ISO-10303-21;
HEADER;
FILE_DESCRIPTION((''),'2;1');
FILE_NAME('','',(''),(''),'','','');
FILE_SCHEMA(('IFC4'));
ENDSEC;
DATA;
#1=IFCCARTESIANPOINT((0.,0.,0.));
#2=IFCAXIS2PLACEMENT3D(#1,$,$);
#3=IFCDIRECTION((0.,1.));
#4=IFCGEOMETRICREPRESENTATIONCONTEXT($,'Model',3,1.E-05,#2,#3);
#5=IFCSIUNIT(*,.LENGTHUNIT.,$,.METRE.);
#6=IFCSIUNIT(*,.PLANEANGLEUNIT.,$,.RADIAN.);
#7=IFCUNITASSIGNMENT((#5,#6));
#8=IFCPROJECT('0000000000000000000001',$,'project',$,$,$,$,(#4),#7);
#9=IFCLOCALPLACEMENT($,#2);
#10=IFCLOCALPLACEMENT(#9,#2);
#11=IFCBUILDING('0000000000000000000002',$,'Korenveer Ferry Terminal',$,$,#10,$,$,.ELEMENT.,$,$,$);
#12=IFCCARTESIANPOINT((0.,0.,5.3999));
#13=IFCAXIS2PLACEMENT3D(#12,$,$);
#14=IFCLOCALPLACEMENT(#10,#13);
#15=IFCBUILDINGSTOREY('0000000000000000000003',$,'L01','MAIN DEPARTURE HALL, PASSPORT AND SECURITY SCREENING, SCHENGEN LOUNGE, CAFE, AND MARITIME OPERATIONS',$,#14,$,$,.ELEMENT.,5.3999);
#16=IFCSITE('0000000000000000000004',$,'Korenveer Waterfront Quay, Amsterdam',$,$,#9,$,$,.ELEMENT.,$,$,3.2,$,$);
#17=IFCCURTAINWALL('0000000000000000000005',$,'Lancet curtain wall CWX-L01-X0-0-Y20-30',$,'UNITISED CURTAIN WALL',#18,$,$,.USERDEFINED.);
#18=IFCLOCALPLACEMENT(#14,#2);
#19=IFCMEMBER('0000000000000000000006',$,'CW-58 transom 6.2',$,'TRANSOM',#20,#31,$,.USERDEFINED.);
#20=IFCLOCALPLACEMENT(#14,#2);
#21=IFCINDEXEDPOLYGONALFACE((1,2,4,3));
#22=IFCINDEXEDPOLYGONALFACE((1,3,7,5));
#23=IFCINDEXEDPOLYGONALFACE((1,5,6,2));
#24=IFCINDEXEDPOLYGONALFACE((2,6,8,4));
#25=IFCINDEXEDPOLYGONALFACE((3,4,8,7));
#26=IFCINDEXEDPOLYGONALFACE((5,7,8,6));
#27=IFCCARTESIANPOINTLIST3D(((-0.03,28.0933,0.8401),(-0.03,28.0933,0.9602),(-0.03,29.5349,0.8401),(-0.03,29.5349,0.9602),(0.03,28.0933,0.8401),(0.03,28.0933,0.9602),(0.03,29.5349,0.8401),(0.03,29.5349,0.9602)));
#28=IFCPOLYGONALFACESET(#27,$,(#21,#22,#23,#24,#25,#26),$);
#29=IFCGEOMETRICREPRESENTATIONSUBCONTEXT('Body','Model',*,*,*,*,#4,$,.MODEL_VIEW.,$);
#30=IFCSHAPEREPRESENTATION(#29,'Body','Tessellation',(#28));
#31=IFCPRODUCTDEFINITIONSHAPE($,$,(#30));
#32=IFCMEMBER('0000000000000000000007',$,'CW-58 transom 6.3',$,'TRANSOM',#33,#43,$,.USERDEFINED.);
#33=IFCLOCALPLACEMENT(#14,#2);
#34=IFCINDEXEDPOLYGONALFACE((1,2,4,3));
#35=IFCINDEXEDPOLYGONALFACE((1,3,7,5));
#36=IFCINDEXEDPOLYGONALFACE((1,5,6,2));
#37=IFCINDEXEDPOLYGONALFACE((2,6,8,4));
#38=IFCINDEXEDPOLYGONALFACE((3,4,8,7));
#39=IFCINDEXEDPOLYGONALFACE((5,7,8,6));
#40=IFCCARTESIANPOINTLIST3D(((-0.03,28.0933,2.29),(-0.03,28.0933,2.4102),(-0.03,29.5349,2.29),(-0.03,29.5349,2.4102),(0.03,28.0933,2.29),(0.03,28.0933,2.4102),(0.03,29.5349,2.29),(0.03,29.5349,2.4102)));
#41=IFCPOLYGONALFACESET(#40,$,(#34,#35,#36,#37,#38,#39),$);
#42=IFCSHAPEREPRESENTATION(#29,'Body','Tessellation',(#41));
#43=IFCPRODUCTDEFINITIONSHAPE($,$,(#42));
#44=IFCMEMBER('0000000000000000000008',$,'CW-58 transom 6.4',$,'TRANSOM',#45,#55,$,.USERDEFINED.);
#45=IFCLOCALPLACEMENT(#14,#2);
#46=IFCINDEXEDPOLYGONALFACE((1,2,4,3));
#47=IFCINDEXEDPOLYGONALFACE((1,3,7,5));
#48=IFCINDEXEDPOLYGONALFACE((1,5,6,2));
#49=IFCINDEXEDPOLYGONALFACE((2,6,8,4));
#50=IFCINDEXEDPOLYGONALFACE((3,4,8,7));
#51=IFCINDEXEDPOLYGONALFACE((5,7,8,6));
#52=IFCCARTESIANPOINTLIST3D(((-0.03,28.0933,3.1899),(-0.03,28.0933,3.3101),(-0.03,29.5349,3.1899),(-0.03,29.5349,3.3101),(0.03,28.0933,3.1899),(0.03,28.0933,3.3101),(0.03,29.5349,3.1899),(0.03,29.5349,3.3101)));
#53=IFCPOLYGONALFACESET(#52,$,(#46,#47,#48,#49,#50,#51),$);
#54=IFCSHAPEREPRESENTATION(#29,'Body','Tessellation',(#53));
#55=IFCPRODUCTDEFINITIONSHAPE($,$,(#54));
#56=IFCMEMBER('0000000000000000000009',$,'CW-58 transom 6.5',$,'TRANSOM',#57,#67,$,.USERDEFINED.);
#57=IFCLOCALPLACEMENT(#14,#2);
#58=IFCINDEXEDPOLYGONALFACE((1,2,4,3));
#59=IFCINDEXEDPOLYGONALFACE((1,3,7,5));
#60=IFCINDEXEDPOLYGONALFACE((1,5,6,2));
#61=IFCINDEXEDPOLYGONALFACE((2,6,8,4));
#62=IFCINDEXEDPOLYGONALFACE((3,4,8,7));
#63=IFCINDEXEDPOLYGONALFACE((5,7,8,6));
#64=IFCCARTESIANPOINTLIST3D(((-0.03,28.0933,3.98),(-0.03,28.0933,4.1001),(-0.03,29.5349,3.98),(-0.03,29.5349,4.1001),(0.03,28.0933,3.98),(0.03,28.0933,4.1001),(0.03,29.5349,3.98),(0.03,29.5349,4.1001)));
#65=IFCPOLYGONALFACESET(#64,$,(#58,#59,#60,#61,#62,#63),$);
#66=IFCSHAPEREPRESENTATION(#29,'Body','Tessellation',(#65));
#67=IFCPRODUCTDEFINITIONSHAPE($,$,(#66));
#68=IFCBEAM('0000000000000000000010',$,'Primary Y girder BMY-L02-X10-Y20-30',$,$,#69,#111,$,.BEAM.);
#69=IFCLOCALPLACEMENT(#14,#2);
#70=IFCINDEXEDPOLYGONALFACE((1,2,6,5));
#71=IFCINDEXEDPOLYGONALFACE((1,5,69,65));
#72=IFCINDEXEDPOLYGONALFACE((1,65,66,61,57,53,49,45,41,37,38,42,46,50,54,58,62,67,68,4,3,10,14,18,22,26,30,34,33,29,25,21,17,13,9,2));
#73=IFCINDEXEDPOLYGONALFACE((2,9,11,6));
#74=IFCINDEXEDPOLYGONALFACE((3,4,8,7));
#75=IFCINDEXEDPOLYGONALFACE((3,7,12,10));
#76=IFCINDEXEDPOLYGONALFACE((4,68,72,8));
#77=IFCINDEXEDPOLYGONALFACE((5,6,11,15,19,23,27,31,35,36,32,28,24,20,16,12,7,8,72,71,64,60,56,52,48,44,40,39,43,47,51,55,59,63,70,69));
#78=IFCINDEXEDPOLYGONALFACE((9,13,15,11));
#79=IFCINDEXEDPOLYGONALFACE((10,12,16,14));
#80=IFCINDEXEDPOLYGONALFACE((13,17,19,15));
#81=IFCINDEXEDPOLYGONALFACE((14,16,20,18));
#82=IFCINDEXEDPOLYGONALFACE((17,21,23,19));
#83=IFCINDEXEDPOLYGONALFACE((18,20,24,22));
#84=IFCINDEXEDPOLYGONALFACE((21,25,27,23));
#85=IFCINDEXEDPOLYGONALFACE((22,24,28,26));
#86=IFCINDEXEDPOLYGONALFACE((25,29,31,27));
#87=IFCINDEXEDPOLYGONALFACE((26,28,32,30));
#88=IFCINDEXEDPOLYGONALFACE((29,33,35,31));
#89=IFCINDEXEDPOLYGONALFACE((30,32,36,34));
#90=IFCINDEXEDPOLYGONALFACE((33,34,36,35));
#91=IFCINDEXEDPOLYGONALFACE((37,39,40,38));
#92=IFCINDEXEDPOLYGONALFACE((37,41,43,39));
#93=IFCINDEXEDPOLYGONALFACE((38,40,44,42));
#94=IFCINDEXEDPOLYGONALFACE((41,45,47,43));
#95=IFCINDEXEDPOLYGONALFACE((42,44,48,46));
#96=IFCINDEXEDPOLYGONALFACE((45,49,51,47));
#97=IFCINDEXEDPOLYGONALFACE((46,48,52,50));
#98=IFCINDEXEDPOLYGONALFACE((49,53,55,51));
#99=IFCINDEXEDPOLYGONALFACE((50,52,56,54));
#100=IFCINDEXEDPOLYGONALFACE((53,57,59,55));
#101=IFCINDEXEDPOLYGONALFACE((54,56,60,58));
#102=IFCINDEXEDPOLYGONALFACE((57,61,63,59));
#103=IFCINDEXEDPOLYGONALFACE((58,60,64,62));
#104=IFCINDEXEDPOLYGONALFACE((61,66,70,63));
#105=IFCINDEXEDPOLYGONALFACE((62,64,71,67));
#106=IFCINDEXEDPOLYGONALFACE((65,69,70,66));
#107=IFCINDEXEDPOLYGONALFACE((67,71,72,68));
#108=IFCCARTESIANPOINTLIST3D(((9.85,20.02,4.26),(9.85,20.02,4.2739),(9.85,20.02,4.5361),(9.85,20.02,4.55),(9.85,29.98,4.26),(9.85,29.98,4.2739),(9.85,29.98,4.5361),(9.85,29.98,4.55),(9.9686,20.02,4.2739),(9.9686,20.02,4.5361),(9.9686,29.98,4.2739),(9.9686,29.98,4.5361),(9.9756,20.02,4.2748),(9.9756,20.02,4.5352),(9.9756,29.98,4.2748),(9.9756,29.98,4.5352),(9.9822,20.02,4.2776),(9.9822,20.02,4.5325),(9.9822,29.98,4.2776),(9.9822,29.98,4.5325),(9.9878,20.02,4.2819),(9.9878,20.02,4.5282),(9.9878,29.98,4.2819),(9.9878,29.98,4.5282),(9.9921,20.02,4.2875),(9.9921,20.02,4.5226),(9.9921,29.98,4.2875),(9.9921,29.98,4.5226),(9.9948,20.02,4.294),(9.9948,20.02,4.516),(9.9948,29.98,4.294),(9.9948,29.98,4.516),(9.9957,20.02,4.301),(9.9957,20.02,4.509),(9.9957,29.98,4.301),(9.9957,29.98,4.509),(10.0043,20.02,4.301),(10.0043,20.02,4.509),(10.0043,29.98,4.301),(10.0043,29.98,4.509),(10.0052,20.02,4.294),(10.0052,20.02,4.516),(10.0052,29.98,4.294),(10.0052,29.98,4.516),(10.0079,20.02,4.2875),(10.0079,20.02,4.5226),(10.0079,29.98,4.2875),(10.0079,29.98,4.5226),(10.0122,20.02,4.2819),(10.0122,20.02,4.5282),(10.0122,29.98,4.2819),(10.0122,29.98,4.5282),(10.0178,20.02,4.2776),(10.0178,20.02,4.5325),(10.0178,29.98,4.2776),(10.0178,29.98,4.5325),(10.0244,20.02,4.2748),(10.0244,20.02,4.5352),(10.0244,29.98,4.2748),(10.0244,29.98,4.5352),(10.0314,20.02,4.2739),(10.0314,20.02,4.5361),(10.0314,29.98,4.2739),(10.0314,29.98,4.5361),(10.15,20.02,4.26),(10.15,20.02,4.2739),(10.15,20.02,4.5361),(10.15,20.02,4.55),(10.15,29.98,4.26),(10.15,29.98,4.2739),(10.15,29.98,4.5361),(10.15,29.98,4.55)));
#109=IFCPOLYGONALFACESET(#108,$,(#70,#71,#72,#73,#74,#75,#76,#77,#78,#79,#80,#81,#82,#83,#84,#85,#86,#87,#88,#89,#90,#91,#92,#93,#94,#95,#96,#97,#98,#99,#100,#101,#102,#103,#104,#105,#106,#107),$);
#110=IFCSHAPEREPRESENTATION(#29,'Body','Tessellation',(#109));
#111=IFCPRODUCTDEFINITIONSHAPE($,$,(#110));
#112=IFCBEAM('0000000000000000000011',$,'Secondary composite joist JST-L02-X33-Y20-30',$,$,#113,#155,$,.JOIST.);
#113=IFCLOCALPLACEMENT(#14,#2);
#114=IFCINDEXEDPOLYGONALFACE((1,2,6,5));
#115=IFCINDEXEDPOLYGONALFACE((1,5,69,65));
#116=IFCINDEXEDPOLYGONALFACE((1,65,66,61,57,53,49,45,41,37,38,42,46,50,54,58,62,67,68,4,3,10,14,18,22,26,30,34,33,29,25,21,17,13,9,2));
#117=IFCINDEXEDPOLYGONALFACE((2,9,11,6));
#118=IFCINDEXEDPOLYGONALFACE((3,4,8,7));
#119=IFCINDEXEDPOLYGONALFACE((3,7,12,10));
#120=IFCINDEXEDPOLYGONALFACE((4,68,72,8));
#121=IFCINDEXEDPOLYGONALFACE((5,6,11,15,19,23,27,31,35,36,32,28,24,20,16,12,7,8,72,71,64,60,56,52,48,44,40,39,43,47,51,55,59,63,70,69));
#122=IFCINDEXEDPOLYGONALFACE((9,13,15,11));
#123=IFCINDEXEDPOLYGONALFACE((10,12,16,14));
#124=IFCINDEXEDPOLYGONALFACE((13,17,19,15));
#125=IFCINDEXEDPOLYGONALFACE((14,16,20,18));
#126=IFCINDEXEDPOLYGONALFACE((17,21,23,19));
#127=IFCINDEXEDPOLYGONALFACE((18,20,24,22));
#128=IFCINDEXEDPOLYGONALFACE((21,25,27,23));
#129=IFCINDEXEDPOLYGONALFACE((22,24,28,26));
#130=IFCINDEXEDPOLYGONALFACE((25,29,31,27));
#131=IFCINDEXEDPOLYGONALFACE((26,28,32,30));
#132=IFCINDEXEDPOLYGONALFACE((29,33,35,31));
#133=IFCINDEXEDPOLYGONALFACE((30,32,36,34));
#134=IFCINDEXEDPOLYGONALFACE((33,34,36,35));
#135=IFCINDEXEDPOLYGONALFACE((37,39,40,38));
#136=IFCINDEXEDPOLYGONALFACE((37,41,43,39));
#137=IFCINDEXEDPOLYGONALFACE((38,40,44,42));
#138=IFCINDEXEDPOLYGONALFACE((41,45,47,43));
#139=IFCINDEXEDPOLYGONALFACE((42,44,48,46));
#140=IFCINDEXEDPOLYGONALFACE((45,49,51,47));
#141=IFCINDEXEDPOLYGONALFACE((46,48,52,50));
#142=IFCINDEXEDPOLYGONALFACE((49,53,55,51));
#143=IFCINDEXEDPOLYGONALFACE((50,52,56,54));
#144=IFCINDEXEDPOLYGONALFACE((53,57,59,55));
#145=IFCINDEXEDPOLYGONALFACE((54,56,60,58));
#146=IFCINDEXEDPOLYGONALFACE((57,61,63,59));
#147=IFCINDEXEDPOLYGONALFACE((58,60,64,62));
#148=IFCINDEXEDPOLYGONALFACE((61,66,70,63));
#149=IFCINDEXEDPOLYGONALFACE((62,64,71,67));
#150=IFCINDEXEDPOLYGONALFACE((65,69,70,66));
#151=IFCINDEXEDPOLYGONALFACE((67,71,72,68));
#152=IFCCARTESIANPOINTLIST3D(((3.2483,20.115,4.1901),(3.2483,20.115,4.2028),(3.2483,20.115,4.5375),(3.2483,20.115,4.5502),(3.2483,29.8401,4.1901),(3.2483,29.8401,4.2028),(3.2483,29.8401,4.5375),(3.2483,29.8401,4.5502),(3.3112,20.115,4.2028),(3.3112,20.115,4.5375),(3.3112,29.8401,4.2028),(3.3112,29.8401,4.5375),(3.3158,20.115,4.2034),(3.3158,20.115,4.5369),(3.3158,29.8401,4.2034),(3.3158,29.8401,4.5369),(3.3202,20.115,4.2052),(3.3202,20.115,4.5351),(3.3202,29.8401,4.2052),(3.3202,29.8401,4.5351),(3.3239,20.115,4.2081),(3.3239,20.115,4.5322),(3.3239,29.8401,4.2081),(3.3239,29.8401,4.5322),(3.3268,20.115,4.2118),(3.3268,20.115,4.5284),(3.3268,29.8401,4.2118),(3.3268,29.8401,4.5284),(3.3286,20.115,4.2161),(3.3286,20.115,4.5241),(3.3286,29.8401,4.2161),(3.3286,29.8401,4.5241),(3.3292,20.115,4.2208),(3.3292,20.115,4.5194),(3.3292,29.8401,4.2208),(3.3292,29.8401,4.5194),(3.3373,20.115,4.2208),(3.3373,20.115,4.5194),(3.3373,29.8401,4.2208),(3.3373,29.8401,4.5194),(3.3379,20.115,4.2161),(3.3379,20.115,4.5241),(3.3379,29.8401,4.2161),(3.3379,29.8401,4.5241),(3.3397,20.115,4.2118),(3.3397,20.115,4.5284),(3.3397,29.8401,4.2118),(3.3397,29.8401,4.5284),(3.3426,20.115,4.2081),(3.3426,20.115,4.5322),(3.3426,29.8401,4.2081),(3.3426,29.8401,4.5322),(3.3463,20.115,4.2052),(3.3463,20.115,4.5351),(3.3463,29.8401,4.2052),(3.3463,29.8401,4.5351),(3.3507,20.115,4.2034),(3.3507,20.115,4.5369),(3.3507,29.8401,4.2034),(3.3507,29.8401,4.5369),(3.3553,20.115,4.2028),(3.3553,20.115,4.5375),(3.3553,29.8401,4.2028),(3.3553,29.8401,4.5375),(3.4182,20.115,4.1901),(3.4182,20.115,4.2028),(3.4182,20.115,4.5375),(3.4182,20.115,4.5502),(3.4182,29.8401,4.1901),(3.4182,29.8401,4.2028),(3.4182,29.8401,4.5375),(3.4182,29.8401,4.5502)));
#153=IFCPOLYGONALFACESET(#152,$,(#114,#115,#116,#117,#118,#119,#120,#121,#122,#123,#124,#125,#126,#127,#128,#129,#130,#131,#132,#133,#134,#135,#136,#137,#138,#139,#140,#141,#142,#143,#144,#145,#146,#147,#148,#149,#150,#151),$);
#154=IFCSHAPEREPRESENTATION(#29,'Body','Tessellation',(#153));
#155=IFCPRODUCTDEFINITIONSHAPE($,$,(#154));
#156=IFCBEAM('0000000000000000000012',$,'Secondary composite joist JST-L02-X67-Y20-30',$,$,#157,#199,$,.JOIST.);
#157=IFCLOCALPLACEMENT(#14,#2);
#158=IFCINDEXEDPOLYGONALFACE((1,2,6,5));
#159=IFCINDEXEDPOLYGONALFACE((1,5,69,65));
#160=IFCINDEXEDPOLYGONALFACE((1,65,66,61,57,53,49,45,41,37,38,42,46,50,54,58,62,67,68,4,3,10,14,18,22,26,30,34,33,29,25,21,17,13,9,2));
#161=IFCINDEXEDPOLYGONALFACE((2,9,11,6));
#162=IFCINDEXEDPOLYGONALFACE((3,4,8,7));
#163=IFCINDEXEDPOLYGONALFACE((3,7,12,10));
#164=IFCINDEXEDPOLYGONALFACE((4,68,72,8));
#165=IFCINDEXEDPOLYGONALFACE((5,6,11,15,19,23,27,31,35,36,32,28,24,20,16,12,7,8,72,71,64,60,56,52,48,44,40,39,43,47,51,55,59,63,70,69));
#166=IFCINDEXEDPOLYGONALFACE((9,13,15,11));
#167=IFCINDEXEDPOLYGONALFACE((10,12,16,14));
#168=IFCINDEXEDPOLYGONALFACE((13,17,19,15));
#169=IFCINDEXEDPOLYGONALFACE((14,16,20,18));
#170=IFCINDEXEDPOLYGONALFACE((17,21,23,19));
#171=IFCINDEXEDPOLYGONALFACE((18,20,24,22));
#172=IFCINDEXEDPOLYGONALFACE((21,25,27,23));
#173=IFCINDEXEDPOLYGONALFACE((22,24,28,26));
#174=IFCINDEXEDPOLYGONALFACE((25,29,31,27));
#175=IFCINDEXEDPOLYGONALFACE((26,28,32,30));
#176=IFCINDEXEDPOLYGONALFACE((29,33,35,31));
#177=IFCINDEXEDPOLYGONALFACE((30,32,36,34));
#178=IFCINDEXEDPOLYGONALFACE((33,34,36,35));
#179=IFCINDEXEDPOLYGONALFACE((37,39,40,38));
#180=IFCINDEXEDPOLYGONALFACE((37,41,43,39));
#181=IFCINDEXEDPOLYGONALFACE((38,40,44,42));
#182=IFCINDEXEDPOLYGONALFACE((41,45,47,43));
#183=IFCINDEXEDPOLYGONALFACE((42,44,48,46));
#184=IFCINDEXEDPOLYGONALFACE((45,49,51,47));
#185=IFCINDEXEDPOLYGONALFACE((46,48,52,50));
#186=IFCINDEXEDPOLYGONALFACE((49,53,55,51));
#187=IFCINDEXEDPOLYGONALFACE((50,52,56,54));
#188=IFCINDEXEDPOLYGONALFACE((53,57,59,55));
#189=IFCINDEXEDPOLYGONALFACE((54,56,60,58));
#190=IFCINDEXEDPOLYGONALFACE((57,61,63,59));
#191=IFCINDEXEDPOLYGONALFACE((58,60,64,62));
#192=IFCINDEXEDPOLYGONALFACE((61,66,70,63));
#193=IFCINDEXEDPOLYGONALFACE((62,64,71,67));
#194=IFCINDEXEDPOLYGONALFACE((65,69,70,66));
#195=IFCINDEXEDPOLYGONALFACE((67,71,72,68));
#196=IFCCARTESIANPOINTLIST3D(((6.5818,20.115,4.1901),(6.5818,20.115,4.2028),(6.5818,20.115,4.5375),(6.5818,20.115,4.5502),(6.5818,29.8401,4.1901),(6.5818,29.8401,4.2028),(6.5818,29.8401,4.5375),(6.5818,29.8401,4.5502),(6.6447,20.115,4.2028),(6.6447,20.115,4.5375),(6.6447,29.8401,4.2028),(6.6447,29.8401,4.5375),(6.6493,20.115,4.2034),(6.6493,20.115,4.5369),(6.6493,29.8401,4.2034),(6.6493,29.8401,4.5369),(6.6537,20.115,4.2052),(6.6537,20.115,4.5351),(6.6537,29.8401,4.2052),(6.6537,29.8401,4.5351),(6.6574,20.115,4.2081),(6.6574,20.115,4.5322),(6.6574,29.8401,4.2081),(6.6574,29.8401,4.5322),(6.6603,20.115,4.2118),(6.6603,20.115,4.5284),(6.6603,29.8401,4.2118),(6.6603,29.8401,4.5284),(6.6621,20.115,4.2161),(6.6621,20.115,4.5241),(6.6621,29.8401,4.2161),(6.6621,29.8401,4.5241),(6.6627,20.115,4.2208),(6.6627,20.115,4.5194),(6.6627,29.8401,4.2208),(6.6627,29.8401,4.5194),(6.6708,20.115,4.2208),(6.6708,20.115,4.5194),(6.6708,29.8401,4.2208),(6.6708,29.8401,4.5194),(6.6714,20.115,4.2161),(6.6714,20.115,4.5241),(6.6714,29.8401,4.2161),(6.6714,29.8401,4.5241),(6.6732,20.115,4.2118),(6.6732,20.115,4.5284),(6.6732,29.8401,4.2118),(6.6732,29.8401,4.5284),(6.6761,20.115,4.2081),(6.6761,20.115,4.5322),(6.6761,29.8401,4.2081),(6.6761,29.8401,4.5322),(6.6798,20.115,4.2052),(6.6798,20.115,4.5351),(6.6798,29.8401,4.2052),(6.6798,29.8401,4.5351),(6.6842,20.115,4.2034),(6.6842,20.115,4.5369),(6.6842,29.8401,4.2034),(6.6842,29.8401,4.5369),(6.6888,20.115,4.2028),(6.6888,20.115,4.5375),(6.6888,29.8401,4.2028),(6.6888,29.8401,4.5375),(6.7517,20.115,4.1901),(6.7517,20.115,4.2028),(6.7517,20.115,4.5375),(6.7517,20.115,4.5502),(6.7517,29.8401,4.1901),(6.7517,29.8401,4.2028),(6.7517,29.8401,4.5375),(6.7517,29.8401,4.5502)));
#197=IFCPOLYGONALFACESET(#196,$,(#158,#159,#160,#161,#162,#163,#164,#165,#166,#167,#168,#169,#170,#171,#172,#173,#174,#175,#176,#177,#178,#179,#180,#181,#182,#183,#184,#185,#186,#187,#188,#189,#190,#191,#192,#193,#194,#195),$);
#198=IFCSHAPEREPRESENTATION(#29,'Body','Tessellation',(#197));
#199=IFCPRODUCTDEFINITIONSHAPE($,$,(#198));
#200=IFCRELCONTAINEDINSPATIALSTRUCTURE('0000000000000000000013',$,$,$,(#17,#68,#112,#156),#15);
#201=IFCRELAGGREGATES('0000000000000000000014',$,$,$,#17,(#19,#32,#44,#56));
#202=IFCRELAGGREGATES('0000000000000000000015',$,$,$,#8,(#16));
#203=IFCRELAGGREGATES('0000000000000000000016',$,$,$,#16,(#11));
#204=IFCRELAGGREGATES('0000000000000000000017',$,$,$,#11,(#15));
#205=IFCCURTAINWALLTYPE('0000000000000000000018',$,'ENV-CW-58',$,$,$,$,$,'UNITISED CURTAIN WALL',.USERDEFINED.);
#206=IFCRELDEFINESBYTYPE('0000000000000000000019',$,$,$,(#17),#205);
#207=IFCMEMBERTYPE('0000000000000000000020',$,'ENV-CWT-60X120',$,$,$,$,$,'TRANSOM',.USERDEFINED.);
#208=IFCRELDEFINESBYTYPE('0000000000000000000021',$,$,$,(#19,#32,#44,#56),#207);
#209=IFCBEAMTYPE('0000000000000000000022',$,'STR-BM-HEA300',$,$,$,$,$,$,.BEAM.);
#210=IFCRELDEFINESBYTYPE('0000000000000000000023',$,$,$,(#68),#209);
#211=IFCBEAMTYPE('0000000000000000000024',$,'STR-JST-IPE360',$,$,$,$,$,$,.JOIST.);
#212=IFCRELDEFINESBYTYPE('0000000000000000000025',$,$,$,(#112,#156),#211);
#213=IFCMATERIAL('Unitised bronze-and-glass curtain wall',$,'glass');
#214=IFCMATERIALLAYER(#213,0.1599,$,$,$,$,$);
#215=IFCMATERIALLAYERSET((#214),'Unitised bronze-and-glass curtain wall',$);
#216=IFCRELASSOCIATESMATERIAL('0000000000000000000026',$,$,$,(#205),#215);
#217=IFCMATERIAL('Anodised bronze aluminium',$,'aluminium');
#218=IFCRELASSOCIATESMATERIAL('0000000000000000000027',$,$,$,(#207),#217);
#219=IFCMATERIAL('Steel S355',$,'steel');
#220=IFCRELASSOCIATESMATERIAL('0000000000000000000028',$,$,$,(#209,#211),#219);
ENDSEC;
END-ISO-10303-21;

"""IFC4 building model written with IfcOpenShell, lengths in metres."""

from ifc_helpers import new_model, si_unit, direction, frame, origin, origin_2d, place, context, subcontext, project, spatial, rectangle, i_section, extrude, material, layer, layer_set, material_profile, profile_set, type_object, element, aggregate, save


model = new_model("IFC4")

# Units and contexts
model_context = context("Model", 3, precision=1e-05, world=origin(), true_north=direction((0.0, 1.0)))
body_context = subcontext(model_context, "Body", "Model", "MODEL_VIEW")
ifc_project = project(units=[si_unit("LENGTHUNIT", "METRE"), si_unit("PLANEANGLEUNIT", "RADIAN")], contexts=[model_context])

# Site, building, storey
site_placement = place(None, origin())
site = spatial("IfcSite", under=ifc_project, at=site_placement, Name="Korenveer Waterfront Quay, Amsterdam", CompositionType="ELEMENT", RefElevation=3.2)
building_placement = place(site_placement, origin())
building = spatial("IfcBuilding", under=site, at=building_placement, Name="Korenveer Ferry Terminal", CompositionType="ELEMENT")
storey_placement = place(building_placement, frame((0.0, 0.0, 5.3999)))
storey = spatial("IfcBuildingStorey", under=building, at=storey_placement, Name="L01", Description="MAIN DEPARTURE HALL, PASSPORT AND SECURITY SCREENING, SCHENGEN LOUNGE, CAFE, AND MARITIME OPERATIONS", CompositionType="ELEMENT", Elevation=5.3999)

# Curtain wall, members
ifc_material_1 = material(Name="Unitised bronze-and-glass curtain wall", Category="glass")
ifc_layer_1 = layer(ifc_material_1, 0.1599)
ifc_layer_set_1 = layer_set([ifc_layer_1], Name="Unitised bronze-and-glass curtain wall")
curtain_wall_type = type_object("IfcCurtainWallType", Name="ENV-CW-58", ElementType="UNITISED CURTAIN WALL", PredefinedType="USERDEFINED", material=ifc_layer_set_1)
curtain_wall_placement = place(storey_placement, frame((0.0, 20.405, 0.0)))
curtain_wall = element("IfcCurtainWall", 1, at=curtain_wall_placement, inside=storey, type_object=curtain_wall_type, Name="Lancet curtain wall CWX-L01-X0-0-Y20-30", ObjectType="UNITISED CURTAIN WALL", PredefinedType="USERDEFINED")
ifc_material_2 = material(Name="Anodised bronze aluminium", Category="aluminium")
ifc_material_profile_1 = material_profile(ifc_material_2, rectangle(XDim=0.0601, YDim=0.1201, at=origin_2d()), Name="ALU 60x120")
ifc_profile_set_1 = profile_set([ifc_material_profile_1], Name="Anodised bronze aluminium")
member_type = type_object("IfcMemberType", Name="ENV-CWT-60X120", ElementType="TRANSOM", PredefinedType="USERDEFINED", material=ifc_profile_set_1)
member_1_placement = place(storey_placement, frame((0.0, 28.0933, 0.9001), z_axis=(0.0, 1.0, 0.0), x_axis=(-1.0, 0.0, 0.0)))
member_1 = element("IfcMember", 2, at=member_1_placement, type_object=member_type, Name="CW-58 transom 6.2", ObjectType="TRANSOM", PredefinedType="USERDEFINED", context=body_context, shape_type="SweptSolid", body=[
    extrude(rectangle(XDim=0.0601, YDim=0.1201, at=origin_2d()), origin(), (0.0, 0.0, 1.0), 1.4417),
])
member_2_placement = place(storey_placement, frame((0.0, 28.0933, 2.3501), z_axis=(0.0, 1.0, 0.0), x_axis=(-1.0, 0.0, 0.0)))
member_2 = element("IfcMember", 3, at=member_2_placement, type_object=member_type, Name="CW-58 transom 6.3", ObjectType="TRANSOM", PredefinedType="USERDEFINED", context=body_context, shape_type="SweptSolid", body=[
    extrude(rectangle(XDim=0.0601, YDim=0.1201, at=origin_2d()), origin(), (0.0, 0.0, 1.0), 1.4417),
])
member_3_placement = place(storey_placement, frame((0.0, 28.0933, 3.25), z_axis=(0.0, 1.0, 0.0), x_axis=(-1.0, 0.0, 0.0)))
member_3 = element("IfcMember", 4, at=member_3_placement, type_object=member_type, Name="CW-58 transom 6.4", ObjectType="TRANSOM", PredefinedType="USERDEFINED", context=body_context, shape_type="SweptSolid", body=[
    extrude(rectangle(XDim=0.0601, YDim=0.1201, at=origin_2d()), origin(), (0.0, 0.0, 1.0), 1.4417),
])
member_4_placement = place(storey_placement, frame((0.0, 28.0933, 4.04), z_axis=(0.0, 1.0, 0.0), x_axis=(-1.0, 0.0, 0.0)))
member_4 = element("IfcMember", 5, at=member_4_placement, type_object=member_type, Name="CW-58 transom 6.5", ObjectType="TRANSOM", PredefinedType="USERDEFINED", context=body_context, shape_type="SweptSolid", body=[
    extrude(rectangle(XDim=0.0601, YDim=0.1201, at=origin_2d()), origin(), (0.0, 0.0, 1.0), 1.4417),
])
aggregate(curtain_wall, [member_1, member_2, member_3, member_4])

# Beams
ifc_material_3 = material(Name="Steel S355", Category="steel")
ifc_material_profile_2 = material_profile(ifc_material_3, i_section(OverallWidth=0.3, OverallDepth=0.29, WebThickness=0.0085, FlangeThickness=0.0139, FilletRadius=0.0271, at=origin_2d()), Name="HEA 300")
ifc_profile_set_2 = profile_set([ifc_material_profile_2], Name="Steel S355")
beam_type_1 = type_object("IfcBeamType", Name="STR-BM-HEA300", PredefinedType="BEAM", material=ifc_profile_set_2)
beam_placement = place(storey_placement, frame((10.0, 20.02, 4.405), z_axis=(0.0, 1.0, 0.0), x_axis=(-1.0, 0.0, 0.0)))
element("IfcBeam", 6, at=beam_placement, inside=storey, type_object=beam_type_1, Name="Primary Y girder BMY-L02-X10-Y20-30", PredefinedType="BEAM", context=body_context, shape_type="SweptSolid", body=[
    extrude(i_section(OverallWidth=0.3, OverallDepth=0.29, WebThickness=0.0085, FlangeThickness=0.0139, FilletRadius=0.0271, at=origin_2d()), origin(), (0.0, 0.0, 1.0), 9.96),
])
ifc_material_profile_3 = material_profile(ifc_material_3, i_section(OverallWidth=0.1699, OverallDepth=0.3601, WebThickness=0.0081, FlangeThickness=0.0127, FilletRadius=0.0181, at=origin_2d()), Name="IPE 360")
ifc_profile_set_3 = profile_set([ifc_material_profile_3], Name="Steel S355")
beam_type_2 = type_object("IfcBeamType", Name="STR-JST-IPE360", PredefinedType="JOIST", material=ifc_profile_set_3)
for number, where, z_axis, x_axis, name in (
    (7, (3.3333, 20.115, 4.3701), (0.0, 1.0, 0.0), (-1.0, 0.0, 0.0), "Secondary composite joist JST-L02-X33-Y20-30"),
    (8, (6.6667, 20.115, 4.3701), (0.0, 1.0, 0.0), (-1.0, 0.0, 0.0), "Secondary composite joist JST-L02-X67-Y20-30"),
):
    element("IfcBeam", number, at=place(storey_placement, frame(where, z_axis=z_axis, x_axis=x_axis)), inside=storey, type_object=beam_type_2, Name=name, PredefinedType="JOIST", context=body_context, shape_type="SweptSolid", body=[
        extrude(i_section(OverallWidth=0.1699, OverallDepth=0.3601, WebThickness=0.0081, FlangeThickness=0.0127, FilletRadius=0.0181, at=origin_2d()), origin(), (0.0, 0.0, 1.0), 9.7251),
    ])

save(model, "model.ifc")
